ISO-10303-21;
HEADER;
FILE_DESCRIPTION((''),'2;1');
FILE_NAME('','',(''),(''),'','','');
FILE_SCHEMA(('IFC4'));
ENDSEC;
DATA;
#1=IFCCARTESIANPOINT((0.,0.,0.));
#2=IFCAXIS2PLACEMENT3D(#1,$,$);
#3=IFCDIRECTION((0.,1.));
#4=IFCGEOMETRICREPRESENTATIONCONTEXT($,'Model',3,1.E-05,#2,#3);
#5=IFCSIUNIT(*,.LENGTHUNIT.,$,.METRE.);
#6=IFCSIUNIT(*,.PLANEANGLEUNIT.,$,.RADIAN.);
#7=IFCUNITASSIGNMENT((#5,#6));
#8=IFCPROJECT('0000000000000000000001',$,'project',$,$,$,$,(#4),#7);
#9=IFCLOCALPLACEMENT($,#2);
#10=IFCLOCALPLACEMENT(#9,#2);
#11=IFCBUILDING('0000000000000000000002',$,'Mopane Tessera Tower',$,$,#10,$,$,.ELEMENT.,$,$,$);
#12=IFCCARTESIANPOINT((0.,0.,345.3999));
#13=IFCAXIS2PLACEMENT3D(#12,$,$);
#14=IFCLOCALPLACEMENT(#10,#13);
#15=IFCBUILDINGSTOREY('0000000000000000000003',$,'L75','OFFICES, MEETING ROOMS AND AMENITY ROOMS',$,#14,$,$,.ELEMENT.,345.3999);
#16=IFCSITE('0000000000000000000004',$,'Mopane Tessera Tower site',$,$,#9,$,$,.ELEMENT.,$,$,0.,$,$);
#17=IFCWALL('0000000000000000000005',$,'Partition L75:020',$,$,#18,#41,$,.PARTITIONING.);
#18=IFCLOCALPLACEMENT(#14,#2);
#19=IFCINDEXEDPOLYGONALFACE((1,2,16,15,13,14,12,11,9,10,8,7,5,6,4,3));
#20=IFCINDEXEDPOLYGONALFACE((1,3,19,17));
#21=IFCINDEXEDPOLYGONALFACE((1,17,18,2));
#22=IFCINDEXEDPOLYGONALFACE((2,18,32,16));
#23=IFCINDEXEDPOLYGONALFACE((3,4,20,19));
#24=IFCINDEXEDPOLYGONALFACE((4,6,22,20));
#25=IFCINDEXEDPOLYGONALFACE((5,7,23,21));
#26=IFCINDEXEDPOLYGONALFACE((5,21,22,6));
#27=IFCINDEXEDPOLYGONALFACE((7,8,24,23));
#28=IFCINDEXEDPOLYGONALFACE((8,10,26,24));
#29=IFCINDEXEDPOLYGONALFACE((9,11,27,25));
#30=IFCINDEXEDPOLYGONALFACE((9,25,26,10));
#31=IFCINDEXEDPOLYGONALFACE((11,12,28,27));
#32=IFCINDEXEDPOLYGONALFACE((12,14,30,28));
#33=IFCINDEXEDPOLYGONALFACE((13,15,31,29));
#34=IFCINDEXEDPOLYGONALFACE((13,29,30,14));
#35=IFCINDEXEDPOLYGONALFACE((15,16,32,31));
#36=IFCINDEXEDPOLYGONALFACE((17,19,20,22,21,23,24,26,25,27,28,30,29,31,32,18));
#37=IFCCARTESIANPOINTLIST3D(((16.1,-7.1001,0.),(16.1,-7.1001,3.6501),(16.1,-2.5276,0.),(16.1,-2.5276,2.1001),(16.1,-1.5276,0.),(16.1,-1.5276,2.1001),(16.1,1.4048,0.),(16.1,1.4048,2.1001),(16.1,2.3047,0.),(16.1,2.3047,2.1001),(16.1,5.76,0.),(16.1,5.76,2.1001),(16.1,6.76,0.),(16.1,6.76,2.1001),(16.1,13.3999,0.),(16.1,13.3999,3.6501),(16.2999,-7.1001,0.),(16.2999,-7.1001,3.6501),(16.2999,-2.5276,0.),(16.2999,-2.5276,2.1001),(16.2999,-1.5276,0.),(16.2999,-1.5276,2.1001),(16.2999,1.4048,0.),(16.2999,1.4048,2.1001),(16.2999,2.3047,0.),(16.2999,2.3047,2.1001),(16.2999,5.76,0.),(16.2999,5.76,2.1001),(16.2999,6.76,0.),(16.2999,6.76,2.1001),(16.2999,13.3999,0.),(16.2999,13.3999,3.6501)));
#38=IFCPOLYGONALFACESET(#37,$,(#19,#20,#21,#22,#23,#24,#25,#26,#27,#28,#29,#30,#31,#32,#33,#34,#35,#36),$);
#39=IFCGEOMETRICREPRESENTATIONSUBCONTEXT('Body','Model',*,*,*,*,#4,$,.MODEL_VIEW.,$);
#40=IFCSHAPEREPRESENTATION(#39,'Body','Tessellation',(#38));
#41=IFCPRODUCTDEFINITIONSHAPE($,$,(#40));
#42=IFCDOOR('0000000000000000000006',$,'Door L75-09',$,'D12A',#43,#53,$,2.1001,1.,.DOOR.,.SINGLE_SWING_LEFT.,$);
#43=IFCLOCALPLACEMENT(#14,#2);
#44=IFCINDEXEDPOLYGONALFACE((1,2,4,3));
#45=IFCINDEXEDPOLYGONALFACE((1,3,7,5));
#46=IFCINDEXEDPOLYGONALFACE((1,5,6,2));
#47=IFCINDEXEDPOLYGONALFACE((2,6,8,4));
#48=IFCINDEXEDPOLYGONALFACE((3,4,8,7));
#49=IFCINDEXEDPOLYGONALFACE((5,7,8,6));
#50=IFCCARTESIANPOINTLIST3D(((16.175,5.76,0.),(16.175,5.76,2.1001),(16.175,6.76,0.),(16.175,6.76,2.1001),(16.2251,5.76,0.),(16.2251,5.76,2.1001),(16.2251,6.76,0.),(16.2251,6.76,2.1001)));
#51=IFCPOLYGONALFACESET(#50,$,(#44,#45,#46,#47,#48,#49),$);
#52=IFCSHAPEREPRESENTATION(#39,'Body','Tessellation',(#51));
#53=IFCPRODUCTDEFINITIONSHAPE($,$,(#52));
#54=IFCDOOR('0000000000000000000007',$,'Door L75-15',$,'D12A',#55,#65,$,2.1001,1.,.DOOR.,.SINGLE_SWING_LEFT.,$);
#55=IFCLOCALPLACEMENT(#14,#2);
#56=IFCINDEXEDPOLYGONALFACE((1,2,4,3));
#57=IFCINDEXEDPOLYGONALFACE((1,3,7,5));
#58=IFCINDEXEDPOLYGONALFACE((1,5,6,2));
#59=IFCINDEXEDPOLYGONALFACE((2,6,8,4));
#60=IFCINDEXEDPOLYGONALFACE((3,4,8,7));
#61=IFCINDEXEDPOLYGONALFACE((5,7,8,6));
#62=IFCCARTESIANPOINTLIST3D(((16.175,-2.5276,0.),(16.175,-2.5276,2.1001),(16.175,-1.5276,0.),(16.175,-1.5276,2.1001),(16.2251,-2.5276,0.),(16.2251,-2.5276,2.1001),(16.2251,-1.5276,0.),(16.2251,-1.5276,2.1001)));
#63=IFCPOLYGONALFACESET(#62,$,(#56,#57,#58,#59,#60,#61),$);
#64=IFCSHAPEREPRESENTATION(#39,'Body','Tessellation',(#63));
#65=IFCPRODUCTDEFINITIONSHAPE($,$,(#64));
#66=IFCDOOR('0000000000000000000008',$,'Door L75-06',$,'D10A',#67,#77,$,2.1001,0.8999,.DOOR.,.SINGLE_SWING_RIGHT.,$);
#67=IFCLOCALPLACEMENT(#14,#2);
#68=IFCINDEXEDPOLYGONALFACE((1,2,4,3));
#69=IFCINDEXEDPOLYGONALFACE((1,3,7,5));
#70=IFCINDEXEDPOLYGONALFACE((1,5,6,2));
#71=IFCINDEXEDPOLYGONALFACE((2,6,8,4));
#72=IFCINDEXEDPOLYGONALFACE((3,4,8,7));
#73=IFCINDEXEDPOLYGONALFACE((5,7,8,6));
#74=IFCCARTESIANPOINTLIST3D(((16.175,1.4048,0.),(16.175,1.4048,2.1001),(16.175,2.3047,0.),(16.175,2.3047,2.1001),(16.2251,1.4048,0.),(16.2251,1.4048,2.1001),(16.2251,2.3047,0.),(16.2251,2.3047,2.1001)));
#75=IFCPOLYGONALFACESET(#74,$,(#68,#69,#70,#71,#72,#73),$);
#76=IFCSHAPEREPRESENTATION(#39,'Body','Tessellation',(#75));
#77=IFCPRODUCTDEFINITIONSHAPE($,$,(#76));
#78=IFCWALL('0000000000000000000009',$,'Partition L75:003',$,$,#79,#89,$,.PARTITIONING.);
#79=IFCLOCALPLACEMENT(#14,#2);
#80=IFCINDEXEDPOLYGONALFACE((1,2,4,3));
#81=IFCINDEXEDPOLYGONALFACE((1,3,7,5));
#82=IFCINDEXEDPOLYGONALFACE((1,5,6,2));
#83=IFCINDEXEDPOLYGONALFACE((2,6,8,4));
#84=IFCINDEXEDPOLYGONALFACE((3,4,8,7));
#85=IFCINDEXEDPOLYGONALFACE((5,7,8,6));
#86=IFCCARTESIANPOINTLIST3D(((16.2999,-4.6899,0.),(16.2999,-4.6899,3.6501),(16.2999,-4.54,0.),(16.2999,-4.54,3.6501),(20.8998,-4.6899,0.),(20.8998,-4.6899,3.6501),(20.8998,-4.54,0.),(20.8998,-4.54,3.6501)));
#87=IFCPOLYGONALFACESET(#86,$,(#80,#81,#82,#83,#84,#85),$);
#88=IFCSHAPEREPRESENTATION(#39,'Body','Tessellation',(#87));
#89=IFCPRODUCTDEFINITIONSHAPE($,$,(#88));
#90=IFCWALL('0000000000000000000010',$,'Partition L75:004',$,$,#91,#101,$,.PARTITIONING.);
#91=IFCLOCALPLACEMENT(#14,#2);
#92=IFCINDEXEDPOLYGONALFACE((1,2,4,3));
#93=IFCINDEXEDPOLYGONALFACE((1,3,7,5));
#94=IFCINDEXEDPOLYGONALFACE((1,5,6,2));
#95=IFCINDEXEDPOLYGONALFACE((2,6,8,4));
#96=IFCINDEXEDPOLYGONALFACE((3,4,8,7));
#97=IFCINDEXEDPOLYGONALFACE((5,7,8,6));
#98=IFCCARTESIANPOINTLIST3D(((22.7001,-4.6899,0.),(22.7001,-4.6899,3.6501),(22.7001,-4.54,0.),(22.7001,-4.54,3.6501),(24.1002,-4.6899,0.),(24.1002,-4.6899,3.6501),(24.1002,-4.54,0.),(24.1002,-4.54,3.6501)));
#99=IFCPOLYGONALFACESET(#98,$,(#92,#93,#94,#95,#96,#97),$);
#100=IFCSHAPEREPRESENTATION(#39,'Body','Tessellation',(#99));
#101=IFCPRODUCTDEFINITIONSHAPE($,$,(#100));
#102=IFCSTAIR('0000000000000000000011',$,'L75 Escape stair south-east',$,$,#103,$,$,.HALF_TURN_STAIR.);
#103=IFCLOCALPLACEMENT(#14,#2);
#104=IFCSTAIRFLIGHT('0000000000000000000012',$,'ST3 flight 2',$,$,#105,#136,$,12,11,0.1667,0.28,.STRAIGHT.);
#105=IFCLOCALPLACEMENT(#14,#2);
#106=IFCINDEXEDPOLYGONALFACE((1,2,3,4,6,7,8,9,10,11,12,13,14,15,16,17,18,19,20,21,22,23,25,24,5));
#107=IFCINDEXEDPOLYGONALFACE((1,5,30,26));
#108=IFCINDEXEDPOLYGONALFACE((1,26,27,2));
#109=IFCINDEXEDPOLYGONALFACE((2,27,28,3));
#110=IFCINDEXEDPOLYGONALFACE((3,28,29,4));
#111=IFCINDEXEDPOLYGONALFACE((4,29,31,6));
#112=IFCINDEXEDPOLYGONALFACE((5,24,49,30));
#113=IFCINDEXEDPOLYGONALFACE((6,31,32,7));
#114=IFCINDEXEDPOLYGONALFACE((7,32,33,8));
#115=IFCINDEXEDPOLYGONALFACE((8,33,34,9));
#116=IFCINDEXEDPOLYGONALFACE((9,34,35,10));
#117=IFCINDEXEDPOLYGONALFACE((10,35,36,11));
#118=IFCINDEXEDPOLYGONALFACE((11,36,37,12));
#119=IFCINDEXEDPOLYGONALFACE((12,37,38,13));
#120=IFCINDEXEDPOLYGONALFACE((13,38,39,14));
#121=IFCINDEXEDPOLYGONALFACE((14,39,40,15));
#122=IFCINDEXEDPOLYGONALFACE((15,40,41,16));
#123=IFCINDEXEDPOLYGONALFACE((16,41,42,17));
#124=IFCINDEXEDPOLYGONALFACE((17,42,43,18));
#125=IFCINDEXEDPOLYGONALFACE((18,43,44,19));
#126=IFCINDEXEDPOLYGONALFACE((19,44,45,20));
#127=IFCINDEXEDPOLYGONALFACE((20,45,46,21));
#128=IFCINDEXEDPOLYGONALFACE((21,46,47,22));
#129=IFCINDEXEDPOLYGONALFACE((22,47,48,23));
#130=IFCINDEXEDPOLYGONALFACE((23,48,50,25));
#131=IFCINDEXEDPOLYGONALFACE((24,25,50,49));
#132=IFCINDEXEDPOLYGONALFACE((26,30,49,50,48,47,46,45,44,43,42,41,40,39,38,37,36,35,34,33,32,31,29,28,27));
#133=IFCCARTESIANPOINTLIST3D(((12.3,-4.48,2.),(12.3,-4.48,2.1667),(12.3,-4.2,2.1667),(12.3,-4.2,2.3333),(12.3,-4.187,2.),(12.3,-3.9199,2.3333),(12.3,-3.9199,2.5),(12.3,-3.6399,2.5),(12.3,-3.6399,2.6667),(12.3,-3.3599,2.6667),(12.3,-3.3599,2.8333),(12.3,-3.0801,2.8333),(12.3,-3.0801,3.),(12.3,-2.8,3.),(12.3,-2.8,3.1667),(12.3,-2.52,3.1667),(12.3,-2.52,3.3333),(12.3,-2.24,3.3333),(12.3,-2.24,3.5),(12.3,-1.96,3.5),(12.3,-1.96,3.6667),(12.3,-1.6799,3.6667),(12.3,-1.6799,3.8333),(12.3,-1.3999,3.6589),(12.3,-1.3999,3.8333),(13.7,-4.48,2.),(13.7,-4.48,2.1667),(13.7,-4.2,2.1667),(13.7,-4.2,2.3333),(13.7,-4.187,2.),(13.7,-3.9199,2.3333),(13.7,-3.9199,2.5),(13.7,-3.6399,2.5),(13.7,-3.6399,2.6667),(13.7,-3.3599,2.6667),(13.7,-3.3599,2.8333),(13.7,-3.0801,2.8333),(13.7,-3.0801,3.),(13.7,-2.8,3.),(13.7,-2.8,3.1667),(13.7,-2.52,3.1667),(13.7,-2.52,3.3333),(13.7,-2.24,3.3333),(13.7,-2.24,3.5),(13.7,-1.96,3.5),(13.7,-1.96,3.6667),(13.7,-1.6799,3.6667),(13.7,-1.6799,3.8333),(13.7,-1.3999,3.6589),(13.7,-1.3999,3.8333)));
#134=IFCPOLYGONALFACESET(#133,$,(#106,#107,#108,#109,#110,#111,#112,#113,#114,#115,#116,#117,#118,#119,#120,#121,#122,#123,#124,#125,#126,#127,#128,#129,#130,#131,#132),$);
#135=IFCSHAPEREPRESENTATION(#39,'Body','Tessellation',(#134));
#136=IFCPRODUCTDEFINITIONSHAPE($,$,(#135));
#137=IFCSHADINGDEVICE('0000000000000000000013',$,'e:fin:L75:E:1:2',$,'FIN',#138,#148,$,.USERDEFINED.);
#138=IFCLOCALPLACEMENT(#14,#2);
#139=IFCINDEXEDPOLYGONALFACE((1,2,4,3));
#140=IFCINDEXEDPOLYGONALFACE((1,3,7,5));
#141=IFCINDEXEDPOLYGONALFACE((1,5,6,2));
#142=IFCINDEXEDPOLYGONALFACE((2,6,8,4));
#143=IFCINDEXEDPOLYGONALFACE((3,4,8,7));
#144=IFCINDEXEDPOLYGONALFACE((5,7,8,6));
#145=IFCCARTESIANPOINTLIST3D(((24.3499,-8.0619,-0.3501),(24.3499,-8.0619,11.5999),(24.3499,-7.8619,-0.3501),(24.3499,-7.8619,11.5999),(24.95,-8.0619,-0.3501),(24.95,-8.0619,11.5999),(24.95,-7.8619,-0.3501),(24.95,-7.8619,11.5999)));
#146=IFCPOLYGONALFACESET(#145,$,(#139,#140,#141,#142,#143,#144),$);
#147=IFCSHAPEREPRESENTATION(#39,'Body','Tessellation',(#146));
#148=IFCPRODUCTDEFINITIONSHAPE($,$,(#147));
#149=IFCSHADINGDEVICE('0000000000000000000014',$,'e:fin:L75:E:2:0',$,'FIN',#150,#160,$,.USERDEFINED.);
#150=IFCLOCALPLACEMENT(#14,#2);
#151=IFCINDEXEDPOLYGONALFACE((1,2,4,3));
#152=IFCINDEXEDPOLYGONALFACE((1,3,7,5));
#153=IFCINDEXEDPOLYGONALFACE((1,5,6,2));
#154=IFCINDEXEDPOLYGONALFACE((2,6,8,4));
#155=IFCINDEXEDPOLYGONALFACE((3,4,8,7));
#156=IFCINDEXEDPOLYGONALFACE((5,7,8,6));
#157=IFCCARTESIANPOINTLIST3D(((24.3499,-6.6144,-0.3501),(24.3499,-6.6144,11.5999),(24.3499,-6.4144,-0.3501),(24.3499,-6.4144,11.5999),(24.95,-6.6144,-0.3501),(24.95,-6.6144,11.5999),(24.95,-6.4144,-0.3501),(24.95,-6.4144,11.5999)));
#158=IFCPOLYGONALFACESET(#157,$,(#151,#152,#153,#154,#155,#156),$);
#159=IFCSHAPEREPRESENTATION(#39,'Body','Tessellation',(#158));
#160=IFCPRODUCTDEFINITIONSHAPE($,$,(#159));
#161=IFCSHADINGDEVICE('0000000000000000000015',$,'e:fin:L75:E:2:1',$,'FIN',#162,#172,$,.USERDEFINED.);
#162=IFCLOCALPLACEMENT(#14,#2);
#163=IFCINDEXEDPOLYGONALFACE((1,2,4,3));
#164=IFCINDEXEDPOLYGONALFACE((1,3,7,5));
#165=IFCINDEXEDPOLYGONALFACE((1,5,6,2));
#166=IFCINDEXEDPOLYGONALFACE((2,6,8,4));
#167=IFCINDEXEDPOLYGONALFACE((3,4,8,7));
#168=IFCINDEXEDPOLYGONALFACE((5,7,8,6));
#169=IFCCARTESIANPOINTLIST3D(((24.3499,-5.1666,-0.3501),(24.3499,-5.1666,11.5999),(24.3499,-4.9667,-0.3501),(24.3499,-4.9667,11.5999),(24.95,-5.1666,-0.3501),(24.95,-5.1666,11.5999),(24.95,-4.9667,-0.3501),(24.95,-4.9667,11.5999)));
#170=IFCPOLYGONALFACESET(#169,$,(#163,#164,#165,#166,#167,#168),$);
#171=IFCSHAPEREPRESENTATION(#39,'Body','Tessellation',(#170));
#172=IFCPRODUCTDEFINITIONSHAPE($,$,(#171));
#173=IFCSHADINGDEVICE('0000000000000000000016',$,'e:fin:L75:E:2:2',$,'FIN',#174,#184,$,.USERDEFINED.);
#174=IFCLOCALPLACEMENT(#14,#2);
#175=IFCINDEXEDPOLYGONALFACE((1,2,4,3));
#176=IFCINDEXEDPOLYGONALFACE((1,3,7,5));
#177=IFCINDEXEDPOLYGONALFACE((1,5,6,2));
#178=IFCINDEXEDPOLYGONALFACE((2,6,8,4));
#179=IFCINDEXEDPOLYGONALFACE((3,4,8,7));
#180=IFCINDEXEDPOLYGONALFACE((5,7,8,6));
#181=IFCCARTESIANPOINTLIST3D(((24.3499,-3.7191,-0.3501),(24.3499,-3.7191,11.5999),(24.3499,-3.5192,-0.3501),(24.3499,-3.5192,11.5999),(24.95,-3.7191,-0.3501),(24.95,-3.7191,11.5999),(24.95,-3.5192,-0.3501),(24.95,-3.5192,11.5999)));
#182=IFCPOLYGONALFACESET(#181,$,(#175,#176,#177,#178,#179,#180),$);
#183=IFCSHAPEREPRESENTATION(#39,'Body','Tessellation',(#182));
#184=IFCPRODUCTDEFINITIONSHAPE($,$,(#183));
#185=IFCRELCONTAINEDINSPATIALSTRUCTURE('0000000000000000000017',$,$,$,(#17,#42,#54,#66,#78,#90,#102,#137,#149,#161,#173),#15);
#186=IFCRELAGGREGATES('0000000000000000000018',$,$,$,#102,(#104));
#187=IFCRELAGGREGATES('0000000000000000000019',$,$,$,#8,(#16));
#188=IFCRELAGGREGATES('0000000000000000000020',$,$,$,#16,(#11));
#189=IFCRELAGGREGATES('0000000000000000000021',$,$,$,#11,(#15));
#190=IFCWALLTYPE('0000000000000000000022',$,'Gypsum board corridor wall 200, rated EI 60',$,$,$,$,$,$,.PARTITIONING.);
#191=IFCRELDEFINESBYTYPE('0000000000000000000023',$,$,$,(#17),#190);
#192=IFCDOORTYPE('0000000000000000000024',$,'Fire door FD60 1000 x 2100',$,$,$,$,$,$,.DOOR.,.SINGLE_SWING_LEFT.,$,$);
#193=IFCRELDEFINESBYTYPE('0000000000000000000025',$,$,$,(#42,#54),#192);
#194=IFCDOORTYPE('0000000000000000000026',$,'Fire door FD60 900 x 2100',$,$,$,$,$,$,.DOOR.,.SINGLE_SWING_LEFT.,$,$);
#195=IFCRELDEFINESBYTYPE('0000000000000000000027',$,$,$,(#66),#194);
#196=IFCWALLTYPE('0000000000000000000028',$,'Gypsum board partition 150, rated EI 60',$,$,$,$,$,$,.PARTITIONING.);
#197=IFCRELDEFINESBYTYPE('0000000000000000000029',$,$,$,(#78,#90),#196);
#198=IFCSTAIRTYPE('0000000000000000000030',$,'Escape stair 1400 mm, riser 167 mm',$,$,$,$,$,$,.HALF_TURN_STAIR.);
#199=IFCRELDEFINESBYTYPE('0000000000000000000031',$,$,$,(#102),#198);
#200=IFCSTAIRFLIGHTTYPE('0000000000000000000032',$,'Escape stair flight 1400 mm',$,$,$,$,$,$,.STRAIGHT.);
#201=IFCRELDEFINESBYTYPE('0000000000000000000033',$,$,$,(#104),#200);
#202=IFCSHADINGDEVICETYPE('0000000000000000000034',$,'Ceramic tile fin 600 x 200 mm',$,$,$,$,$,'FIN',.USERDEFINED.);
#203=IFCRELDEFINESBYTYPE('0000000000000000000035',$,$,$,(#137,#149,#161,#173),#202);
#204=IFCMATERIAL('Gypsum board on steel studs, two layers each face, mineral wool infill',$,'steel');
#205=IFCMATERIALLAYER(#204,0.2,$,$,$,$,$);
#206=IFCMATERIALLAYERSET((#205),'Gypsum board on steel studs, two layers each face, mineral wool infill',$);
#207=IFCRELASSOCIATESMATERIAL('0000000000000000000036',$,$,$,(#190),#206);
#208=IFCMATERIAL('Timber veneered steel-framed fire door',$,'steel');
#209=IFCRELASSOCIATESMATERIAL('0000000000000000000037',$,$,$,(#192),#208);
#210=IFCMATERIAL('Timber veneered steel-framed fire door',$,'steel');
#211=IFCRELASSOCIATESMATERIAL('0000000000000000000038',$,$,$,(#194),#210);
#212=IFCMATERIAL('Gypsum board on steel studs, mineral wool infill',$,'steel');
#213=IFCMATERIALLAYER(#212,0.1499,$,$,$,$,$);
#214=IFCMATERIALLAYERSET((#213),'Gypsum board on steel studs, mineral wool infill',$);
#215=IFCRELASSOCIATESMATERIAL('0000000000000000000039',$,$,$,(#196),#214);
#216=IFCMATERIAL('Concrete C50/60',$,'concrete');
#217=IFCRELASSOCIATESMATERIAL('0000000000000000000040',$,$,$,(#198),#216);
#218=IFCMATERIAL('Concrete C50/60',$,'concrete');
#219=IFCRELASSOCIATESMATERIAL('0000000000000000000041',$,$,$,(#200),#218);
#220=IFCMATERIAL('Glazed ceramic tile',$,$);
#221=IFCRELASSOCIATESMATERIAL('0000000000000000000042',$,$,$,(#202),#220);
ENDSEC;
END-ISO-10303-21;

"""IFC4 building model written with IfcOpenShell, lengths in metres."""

from ifc_helpers import new_model, si_unit, direction, frame, frame_2d, origin, origin_2d, place, context, subcontext, project, spatial, polyline, rectangle, outline, extrude, material, layer, layer_set, type_object, element, fill, aggregate, save


model = new_model("IFC4")

# Units and contexts
model_context = context("Model", 3, precision=1e-05, world=origin(), true_north=direction((0.0, 1.0)))
body_context = subcontext(model_context, "Body", "Model", "MODEL_VIEW")
ifc_project = project(units=[si_unit("LENGTHUNIT", "METRE"), si_unit("PLANEANGLEUNIT", "RADIAN")], contexts=[model_context])

# Site, building, storey
site_placement = place(None, origin())
site = spatial("IfcSite", under=ifc_project, at=site_placement, Name="Mopane Tessera Tower site", CompositionType="ELEMENT", RefElevation=0.0)
building_placement = place(site_placement, origin())
building = spatial("IfcBuilding", under=site, at=building_placement, Name="Mopane Tessera Tower", CompositionType="ELEMENT")
storey_placement = place(building_placement, frame((0.0, 0.0, 345.3999)))
storey = spatial("IfcBuildingStorey", under=building, at=storey_placement, Name="L75", Description="OFFICES, MEETING ROOMS AND AMENITY ROOMS", CompositionType="ELEMENT", Elevation=345.3999)

# Shared definitions
ifc_material_1 = material(Name="Gypsum board on steel studs, two layers each face, mineral wool infill", Category="steel")
ifc_layer_1 = layer(ifc_material_1, 0.2)
ifc_layer_set_1 = layer_set([ifc_layer_1], Name="Gypsum board on steel studs, two layers each face, mineral wool infill")
wall_type_1 = type_object("IfcWallType", Name="Gypsum board corridor wall 200, rated EI 60", PredefinedType="PARTITIONING", material=ifc_layer_set_1)
ifc_material_2 = material(Name="Timber veneered steel-framed fire door", Category="steel")
door_type_1 = type_object("IfcDoorType", Name="Fire door FD60 1000 x 2100", OperationType="SINGLE_SWING_LEFT", PredefinedType="DOOR", material=ifc_material_2)

# Wall, openings, doors
wall_1_placement = place(storey_placement, frame((16.2, -7.1001, 0.0), z_axis=(0.0, 0.0, 1.0), x_axis=(0.0, 1.0, 0.0)))
wall_1 = element("IfcWall", 1, at=wall_1_placement, inside=storey, type_object=wall_type_1, Name="Partition L75:020", PredefinedType="PARTITIONING", context=body_context, shape_type="SweptSolid", body=[
    extrude(rectangle(XDim=20.5, YDim=0.2, at=frame_2d((10.25, 0.0))), origin(), (0.0, 0.0, 1.0), 3.6501),
])
opening_1_placement = place(wall_1_placement, frame((8.5049, 0.0, 0.0)))
opening_1 = element("IfcOpeningElement", 2, at=opening_1_placement, cuts=wall_1, PredefinedType="OPENING", context=body_context, shape_type="SweptSolid", body=[
    extrude(rectangle(XDim=0.8999, YDim=2.1001, at=frame_2d((0.45, 1.05))), frame((0.0, 0.1121, 0.0), z_axis=(0.0, -1.0, 0.0), x_axis=(1.0, 0.0, 0.0)), (0.0, 0.0, 1.0), 0.2239),
])
opening_2_placement = place(wall_1_placement, frame((12.8601, 0.0, 0.0)))
opening_2 = element("IfcOpeningElement", 3, at=opening_2_placement, cuts=wall_1, PredefinedType="OPENING", context=body_context, shape_type="SweptSolid", body=[
    extrude(rectangle(XDim=1.0, YDim=2.1001, at=frame_2d((0.5, 1.05))), frame((0.0, 0.1121, 0.0), z_axis=(0.0, -1.0, 0.0), x_axis=(1.0, 0.0, 0.0)), (0.0, 0.0, 1.0), 0.2239),
])
opening_3_placement = place(wall_1_placement, frame((4.5725, 0.0, 0.0)))
opening_3 = element("IfcOpeningElement", 4, at=opening_3_placement, cuts=wall_1, PredefinedType="OPENING", context=body_context, shape_type="SweptSolid", body=[
    extrude(rectangle(XDim=1.0, YDim=2.1001, at=frame_2d((0.5, 1.05))), frame((0.0, 0.1121, 0.0), z_axis=(0.0, -1.0, 0.0), x_axis=(1.0, 0.0, 0.0)), (0.0, 0.0, 1.0), 0.2239),
])
door_1_placement = place(opening_2_placement, origin())
door_1 = element("IfcDoor", 5, at=door_1_placement, inside=storey, type_object=door_type_1, Name="Door L75-09", ObjectType="D12A", OperationType="SINGLE_SWING_LEFT", OverallHeight=2.1001, OverallWidth=1.0, PredefinedType="DOOR", context=body_context, shape_type="SweptSolid", body=[
    extrude(rectangle(XDim=1.0, YDim=2.1001, at=frame_2d((0.5, 1.05))), frame((0.0, 0.0249, 0.0), z_axis=(0.0, -1.0, 0.0), x_axis=(1.0, 0.0, 0.0)), (0.0, 0.0, 1.0), 0.05),
])
fill(opening_2, door_1)
door_2_placement = place(opening_3_placement, origin())
door_2 = element("IfcDoor", 6, at=door_2_placement, inside=storey, type_object=door_type_1, Name="Door L75-15", ObjectType="D12A", OperationType="SINGLE_SWING_LEFT", OverallHeight=2.1001, OverallWidth=1.0, PredefinedType="DOOR", context=body_context, shape_type="SweptSolid", body=[
    extrude(rectangle(XDim=1.0, YDim=2.1001, at=frame_2d((0.5, 1.05))), frame((0.0, 0.0249, 0.0), z_axis=(0.0, -1.0, 0.0), x_axis=(1.0, 0.0, 0.0)), (0.0, 0.0, 1.0), 0.05),
])
fill(opening_3, door_2)
ifc_material_3 = material(Name="Timber veneered steel-framed fire door", Category="steel")
door_type_2 = type_object("IfcDoorType", Name="Fire door FD60 900 x 2100", OperationType="SINGLE_SWING_LEFT", PredefinedType="DOOR", material=ifc_material_3)
door_3_placement = place(opening_1_placement, origin())
door_3 = element("IfcDoor", 7, at=door_3_placement, inside=storey, type_object=door_type_2, Name="Door L75-06", ObjectType="D10A", OperationType="SINGLE_SWING_RIGHT", OverallHeight=2.1001, OverallWidth=0.8999, PredefinedType="DOOR", context=body_context, shape_type="SweptSolid", body=[
    extrude(rectangle(XDim=0.8999, YDim=2.1001, at=frame_2d((0.45, 1.05))), frame((0.0, 0.0249, 0.0), z_axis=(0.0, -1.0, 0.0), x_axis=(1.0, 0.0, 0.0)), (0.0, 0.0, 1.0), 0.05),
])
fill(opening_1, door_3)

# Walls
ifc_material_4 = material(Name="Gypsum board on steel studs, mineral wool infill", Category="steel")
ifc_layer_2 = layer(ifc_material_4, 0.1499)
ifc_layer_set_2 = layer_set([ifc_layer_2], Name="Gypsum board on steel studs, mineral wool infill")
wall_type_2 = type_object("IfcWallType", Name="Gypsum board partition 150, rated EI 60", PredefinedType="PARTITIONING", material=ifc_layer_set_2)
wall_2_placement = place(storey_placement, frame((16.3, -4.615, 0.0), z_axis=(0.0, 0.0, 1.0), x_axis=(1.0, 0.0, 0.0)))
element("IfcWall", 8, at=wall_2_placement, inside=storey, type_object=wall_type_2, Name="Partition L75:003", PredefinedType="PARTITIONING", context=body_context, shape_type="SweptSolid", body=[
    extrude(rectangle(XDim=4.5999, YDim=0.1499, at=frame_2d((2.2998, 0.0))), origin(), (0.0, 0.0, 1.0), 3.6501),
])
wall_3_placement = place(storey_placement, frame((22.7, -4.615, 0.0), z_axis=(0.0, 0.0, 1.0), x_axis=(1.0, 0.0, 0.0)))
element("IfcWall", 9, at=wall_3_placement, inside=storey, type_object=wall_type_2, Name="Partition L75:004", PredefinedType="PARTITIONING", context=body_context, shape_type="SweptSolid", body=[
    extrude(rectangle(XDim=1.4001, YDim=0.1499, at=frame_2d((0.7002, 0.0))), origin(), (0.0, 0.0, 1.0), 3.6501),
])

# Stair, stair flight
ifc_material_5 = material(Name="Concrete C50/60", Category="concrete")
stair_type = type_object("IfcStairType", Name="Escape stair 1400 mm, riser 167 mm", PredefinedType="HALF_TURN_STAIR", material=ifc_material_5)
stair_placement = place(storey_placement, origin())
stair = element("IfcStair", 10, at=stair_placement, inside=storey, type_object=stair_type, Name="L75 Escape stair south-east", PredefinedType="HALF_TURN_STAIR")
ifc_material_6 = material(Name="Concrete C50/60", Category="concrete")
stair_flight_type = type_object("IfcStairFlightType", Name="Escape stair flight 1400 mm", PredefinedType="STRAIGHT", material=ifc_material_6)
stair_flight_placement = place(storey_placement, frame((13.0, -4.48, 2.0), z_axis=(0.0, 0.0, 1.0), x_axis=(0.0, 1.0, 0.0)))
stair_flight = element("IfcStairFlight", 11, at=stair_flight_placement, type_object=stair_flight_type, Name="ST3 flight 2", NumberOfRisers=12, NumberOfTreads=11, PredefinedType="STRAIGHT", RiserHeight=0.1667, TreadLength=0.28, context=body_context, shape_type="SweptSolid", body=[
    extrude(outline(polyline([(0.0, 0.0), (0.0, 0.1667), (0.28, 0.1667), (0.28, 0.3333), (0.5601, 0.3333), (0.5601, 0.5), (0.8401, 0.5), (0.8401, 0.6667), (1.1201, 0.6667), (1.1201, 0.8333), (1.3999, 0.8333), (1.3999, 1.0), (1.6799, 1.0), (1.6799, 1.1667), (1.96, 1.1667), (1.96, 1.3333), (2.24, 1.3333), (2.24, 1.5), (2.52, 1.5), (2.52, 1.6667), (2.8, 1.6667), (2.8, 1.8333), (3.0801, 1.8333), (3.0801, 2.0), (3.0801, 1.6589), (0.293, 0.0), (0.0, 0.0)])), frame((0.0, 0.7, 0.0), z_axis=(0.0, -1.0, 0.0), x_axis=(1.0, 0.0, 0.0)), (0.0, 0.0, 1.0), 1.3999),
])
aggregate(stair, [stair_flight])

# Shading devices
ifc_material_7 = material(Name="Glazed ceramic tile")
shading_device_type = type_object("IfcShadingDeviceType", Name="Ceramic tile fin 600 x 200 mm", ElementType="FIN", PredefinedType="USERDEFINED", material=ifc_material_7)
for number, where, z_axis, x_axis, name in (
    (12, (24.6499, -7.9619, -0.3501), (0.0, 0.0, 1.0), (0.0, 1.0, 0.0), "e:fin:L75:E:1:2"),
    (13, (24.6499, -6.5144, -0.3501), (0.0, 0.0, 1.0), (0.0, 1.0, 0.0), "e:fin:L75:E:2:0"),
    (14, (24.6499, -5.0667, -0.3501), (0.0, 0.0, 1.0), (0.0, 1.0, 0.0), "e:fin:L75:E:2:1"),
    (15, (24.6499, -3.6191, -0.3501), (0.0, 0.0, 1.0), (0.0, 1.0, 0.0), "e:fin:L75:E:2:2"),
):
    element("IfcShadingDevice", number, at=place(storey_placement, frame(where, z_axis=z_axis, x_axis=x_axis)), inside=storey, type_object=shading_device_type, Name=name, ObjectType="FIN", PredefinedType="USERDEFINED", context=body_context, shape_type="SweptSolid", body=[
        extrude(rectangle(XDim=0.2, YDim=0.6001, at=origin_2d()), origin(), (0.0, 0.0, 1.0), 11.95),
    ])

save(model, "model.ifc")
